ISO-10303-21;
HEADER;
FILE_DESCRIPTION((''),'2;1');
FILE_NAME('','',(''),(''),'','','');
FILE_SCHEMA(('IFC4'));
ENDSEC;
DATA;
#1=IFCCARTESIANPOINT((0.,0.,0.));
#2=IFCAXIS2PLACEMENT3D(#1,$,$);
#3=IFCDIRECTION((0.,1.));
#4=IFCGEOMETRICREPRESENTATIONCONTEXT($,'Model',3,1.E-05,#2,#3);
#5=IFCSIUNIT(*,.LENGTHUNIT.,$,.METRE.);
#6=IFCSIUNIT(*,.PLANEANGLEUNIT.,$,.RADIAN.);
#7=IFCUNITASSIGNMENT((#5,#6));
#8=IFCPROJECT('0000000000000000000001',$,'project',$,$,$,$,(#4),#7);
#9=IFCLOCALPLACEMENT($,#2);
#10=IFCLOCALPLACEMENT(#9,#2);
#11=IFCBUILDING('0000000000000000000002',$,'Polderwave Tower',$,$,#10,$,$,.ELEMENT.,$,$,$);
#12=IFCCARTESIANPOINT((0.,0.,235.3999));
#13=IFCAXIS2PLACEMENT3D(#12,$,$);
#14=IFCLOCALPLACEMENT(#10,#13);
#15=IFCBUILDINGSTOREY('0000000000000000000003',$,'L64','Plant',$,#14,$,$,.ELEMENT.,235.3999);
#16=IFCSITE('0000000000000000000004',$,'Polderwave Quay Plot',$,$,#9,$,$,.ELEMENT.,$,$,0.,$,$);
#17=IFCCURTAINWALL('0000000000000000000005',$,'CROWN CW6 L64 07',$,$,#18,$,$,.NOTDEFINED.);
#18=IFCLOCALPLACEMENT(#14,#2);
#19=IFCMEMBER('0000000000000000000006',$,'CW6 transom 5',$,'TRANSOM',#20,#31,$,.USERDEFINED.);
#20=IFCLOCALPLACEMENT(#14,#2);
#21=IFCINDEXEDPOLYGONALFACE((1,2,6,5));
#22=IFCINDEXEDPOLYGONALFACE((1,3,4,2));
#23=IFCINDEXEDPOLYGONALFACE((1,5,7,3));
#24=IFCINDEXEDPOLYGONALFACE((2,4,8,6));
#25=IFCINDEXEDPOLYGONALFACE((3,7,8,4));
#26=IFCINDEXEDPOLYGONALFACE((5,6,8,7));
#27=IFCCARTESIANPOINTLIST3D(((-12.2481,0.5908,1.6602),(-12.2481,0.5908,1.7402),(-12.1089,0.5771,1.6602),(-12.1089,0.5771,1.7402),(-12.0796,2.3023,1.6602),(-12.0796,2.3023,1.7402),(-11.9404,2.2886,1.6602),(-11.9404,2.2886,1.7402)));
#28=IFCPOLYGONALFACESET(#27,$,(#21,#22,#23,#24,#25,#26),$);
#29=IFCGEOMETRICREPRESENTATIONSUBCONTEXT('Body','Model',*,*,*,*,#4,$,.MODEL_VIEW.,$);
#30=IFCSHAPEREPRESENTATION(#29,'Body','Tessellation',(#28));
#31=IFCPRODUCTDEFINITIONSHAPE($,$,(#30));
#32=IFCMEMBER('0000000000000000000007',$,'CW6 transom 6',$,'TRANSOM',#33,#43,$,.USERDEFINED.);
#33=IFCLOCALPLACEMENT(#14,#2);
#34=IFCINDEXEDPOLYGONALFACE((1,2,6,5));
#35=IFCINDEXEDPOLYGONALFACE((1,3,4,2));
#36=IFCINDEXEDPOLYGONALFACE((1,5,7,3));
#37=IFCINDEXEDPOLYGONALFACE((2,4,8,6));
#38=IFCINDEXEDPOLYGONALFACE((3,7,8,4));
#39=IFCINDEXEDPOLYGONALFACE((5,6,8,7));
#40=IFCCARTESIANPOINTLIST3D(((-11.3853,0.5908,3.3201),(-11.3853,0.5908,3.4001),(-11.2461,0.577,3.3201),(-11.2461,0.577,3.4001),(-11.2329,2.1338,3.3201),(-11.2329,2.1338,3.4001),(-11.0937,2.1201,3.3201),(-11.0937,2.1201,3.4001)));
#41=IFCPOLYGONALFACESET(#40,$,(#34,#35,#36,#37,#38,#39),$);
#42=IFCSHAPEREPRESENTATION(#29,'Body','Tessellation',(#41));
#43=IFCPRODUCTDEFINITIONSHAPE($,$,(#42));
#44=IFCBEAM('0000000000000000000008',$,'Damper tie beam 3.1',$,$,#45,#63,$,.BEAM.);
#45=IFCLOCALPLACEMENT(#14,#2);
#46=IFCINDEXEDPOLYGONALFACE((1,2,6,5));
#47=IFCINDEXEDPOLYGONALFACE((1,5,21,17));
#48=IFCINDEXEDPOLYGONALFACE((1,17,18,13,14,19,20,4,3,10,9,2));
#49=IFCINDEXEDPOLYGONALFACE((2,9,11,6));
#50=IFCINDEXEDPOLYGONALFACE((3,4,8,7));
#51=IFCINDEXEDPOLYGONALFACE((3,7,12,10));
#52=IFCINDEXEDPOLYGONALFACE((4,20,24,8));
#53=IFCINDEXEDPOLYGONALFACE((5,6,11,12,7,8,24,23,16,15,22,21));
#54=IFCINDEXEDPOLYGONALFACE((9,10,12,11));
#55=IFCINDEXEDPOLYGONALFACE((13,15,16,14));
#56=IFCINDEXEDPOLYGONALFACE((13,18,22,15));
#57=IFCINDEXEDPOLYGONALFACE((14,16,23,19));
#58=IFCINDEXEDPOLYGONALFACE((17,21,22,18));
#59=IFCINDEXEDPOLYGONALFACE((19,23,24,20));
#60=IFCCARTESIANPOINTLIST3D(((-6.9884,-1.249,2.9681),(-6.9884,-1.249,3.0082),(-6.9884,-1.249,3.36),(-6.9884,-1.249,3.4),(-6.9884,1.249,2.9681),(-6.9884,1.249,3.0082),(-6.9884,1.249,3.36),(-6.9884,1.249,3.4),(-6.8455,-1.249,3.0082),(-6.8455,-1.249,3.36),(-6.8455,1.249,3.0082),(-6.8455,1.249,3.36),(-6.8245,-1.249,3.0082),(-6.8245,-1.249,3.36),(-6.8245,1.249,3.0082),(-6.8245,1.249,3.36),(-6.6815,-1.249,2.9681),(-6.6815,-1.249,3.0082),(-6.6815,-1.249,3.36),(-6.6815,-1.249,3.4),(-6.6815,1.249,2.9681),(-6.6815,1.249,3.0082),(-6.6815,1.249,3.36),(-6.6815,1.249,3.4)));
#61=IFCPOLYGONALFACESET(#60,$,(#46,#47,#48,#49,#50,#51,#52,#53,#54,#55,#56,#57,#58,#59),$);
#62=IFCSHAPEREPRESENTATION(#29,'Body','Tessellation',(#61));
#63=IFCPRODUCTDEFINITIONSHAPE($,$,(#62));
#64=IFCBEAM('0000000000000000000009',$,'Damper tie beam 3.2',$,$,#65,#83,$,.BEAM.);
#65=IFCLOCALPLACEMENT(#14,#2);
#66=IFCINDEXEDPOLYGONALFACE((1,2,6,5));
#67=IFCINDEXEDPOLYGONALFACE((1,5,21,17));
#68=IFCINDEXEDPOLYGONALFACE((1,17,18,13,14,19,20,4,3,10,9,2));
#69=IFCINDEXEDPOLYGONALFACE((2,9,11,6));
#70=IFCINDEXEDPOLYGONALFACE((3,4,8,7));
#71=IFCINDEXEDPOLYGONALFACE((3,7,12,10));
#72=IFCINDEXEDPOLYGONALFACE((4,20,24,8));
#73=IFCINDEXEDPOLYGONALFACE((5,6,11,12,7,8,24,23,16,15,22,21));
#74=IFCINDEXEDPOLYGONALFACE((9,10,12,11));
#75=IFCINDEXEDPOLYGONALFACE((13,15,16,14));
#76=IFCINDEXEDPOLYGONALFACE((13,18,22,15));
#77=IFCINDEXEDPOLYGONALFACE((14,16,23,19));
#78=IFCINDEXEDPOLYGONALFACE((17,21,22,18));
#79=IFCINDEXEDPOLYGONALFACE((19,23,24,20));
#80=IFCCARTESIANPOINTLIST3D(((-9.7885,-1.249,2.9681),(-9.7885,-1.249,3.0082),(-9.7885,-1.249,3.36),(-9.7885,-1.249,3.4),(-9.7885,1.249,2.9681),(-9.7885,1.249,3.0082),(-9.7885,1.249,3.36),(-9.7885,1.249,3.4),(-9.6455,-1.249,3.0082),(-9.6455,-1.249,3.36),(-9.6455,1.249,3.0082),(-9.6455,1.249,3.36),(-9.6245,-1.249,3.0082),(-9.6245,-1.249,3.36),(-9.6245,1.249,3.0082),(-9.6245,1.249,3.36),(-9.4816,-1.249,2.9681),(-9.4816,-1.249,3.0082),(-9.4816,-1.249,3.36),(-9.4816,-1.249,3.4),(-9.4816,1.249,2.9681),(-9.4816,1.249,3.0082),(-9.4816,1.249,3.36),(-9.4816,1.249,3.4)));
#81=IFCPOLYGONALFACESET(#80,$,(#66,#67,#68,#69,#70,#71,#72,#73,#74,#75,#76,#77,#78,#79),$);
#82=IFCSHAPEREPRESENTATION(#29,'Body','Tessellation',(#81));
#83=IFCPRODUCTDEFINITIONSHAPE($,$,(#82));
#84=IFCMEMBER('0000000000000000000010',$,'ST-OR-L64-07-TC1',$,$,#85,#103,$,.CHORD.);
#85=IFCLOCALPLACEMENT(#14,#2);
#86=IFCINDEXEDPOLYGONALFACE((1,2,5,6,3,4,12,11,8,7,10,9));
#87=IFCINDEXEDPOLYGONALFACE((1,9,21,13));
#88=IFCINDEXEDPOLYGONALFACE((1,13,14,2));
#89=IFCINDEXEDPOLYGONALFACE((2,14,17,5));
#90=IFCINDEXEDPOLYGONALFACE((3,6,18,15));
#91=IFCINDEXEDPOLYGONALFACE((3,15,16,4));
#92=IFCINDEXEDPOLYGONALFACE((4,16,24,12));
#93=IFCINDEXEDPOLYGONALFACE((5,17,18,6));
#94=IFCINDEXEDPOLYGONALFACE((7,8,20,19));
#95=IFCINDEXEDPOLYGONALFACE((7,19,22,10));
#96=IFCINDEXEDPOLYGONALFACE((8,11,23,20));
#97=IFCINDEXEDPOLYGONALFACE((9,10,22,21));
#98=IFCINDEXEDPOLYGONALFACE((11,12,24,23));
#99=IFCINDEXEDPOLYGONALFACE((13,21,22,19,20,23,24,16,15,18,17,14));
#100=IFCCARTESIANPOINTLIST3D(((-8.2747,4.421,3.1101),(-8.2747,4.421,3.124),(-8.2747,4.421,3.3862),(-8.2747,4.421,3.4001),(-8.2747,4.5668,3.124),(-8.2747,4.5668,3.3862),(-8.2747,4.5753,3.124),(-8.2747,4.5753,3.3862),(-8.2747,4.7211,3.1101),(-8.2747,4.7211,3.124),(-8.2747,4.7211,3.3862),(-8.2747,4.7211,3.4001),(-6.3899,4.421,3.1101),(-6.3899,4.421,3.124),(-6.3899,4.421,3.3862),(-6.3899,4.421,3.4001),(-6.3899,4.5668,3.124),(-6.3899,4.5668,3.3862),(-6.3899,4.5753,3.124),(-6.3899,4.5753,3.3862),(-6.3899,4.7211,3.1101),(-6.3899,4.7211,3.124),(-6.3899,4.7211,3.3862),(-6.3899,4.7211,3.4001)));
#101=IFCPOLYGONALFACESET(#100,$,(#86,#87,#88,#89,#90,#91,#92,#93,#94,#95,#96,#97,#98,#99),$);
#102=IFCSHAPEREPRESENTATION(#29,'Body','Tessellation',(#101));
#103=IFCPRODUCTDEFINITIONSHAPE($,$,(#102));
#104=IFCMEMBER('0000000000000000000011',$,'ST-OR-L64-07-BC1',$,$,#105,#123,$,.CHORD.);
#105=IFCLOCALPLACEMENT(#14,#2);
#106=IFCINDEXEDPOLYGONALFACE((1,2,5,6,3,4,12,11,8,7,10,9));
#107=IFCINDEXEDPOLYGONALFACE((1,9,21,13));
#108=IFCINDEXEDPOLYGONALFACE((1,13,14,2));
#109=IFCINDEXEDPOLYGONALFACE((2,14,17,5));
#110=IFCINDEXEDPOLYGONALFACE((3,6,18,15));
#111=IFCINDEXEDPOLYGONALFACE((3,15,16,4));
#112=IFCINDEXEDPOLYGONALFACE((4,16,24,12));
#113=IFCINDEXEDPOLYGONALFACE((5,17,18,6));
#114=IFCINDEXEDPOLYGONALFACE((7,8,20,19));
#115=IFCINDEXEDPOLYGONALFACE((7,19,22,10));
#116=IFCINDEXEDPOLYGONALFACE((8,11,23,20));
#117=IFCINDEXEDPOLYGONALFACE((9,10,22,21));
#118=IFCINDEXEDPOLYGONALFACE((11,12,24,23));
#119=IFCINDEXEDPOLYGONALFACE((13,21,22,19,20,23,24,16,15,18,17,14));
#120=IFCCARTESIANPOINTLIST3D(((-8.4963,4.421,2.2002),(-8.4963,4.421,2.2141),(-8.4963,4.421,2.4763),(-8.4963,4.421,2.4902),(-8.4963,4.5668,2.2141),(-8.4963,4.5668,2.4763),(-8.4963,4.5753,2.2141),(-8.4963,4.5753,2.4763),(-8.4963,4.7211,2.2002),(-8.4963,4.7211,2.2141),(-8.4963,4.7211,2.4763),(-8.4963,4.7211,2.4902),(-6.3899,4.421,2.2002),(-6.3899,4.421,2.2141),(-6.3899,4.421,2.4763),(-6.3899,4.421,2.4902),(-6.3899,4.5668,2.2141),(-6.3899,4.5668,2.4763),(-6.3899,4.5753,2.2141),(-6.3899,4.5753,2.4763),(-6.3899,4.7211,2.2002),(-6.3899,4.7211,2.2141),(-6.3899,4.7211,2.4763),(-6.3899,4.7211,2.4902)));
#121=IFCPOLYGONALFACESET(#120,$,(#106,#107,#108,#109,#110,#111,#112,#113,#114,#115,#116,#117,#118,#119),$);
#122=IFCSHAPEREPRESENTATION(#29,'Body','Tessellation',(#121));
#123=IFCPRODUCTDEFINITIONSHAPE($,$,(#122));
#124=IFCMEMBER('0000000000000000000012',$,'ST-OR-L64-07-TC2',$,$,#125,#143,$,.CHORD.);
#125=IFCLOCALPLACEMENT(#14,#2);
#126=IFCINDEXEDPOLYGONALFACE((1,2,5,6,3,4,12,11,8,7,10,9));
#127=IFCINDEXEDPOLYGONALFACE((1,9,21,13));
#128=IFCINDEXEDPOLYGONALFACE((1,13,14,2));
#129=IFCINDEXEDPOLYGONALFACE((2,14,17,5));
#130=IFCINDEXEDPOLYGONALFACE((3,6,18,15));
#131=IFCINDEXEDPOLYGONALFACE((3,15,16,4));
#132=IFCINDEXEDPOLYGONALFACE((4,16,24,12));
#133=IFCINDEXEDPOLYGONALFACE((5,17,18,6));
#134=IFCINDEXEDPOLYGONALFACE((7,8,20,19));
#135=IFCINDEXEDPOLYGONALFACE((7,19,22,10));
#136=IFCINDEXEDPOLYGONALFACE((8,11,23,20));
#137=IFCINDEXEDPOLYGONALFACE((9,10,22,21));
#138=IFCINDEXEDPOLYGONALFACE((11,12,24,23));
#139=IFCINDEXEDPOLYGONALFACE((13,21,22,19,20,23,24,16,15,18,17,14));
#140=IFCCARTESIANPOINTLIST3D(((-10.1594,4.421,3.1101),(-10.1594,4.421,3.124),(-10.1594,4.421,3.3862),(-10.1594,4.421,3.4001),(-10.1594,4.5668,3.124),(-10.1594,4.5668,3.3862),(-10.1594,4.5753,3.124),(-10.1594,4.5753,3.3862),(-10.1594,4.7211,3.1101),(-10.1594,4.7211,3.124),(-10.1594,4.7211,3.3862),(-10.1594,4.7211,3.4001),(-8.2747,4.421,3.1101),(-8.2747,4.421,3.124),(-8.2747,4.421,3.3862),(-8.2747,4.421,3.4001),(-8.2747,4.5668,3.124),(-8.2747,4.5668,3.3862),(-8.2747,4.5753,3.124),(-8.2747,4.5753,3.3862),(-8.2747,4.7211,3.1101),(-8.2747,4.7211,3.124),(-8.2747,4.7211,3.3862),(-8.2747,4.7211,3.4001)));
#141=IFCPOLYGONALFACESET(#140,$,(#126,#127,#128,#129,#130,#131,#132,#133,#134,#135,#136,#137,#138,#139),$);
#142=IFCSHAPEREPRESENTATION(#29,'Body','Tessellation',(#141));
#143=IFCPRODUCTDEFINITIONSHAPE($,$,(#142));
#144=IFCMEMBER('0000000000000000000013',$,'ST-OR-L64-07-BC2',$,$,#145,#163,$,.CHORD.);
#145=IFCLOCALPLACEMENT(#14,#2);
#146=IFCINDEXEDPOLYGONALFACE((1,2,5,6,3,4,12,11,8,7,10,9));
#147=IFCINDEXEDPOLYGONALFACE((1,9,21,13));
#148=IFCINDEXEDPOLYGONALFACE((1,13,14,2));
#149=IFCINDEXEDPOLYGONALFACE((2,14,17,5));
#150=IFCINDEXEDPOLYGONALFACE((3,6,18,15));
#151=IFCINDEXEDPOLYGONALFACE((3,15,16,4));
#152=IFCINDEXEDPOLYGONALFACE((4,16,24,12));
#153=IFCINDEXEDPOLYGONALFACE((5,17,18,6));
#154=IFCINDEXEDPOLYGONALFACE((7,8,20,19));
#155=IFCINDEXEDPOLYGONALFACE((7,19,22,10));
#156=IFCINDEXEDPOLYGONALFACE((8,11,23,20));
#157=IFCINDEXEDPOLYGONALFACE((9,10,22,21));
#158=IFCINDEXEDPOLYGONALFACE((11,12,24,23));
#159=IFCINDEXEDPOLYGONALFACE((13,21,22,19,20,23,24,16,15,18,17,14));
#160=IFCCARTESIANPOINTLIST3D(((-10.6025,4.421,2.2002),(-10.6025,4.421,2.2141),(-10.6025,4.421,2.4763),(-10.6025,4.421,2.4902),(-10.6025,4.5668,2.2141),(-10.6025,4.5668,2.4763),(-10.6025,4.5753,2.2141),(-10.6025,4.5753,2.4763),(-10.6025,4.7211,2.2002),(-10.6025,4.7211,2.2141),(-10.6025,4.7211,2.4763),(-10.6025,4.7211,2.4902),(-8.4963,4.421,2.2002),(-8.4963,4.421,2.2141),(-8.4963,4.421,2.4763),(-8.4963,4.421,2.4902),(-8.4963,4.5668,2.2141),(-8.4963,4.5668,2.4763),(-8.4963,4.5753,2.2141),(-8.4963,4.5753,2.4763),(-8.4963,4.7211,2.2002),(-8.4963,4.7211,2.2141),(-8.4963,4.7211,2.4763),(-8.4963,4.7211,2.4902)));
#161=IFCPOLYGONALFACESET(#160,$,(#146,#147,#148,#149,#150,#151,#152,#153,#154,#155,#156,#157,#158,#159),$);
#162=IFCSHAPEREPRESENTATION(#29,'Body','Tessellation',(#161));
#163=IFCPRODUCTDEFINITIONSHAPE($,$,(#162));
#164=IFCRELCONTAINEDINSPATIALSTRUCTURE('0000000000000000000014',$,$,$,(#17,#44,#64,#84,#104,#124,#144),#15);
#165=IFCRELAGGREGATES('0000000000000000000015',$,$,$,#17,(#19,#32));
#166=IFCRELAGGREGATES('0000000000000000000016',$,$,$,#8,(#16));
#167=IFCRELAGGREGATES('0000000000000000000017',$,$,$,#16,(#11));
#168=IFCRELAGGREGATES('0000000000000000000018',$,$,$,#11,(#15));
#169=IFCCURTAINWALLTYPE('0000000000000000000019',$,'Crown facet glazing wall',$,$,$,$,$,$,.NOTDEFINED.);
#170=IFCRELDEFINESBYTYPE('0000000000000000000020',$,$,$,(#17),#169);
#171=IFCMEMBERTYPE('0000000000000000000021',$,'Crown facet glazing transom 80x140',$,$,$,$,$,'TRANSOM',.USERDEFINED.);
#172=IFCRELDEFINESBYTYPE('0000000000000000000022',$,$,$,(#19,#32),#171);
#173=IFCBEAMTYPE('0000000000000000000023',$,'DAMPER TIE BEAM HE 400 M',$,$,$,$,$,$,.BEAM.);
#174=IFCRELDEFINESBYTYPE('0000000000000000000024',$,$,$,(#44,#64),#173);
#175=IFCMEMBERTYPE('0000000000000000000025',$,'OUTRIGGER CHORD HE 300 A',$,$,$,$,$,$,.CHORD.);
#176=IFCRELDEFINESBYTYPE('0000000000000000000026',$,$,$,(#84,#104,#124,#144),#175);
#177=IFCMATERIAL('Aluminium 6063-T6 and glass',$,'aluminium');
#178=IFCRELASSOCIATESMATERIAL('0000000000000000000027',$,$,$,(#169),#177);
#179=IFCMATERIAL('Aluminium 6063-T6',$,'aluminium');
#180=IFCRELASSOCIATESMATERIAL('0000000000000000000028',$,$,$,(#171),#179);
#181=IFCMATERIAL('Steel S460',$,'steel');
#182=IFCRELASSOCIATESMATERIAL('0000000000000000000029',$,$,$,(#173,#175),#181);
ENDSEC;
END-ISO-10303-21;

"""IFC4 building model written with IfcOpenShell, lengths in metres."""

from ifc_helpers import new_model, si_unit, direction, frame, origin, origin_2d, place, context, subcontext, project, spatial, rectangle, i_section, extrude, material, material_profile, profile_set, type_object, element, aggregate, save


model = new_model("IFC4")

# Units and contexts
model_context = context("Model", 3, precision=1e-05, world=origin(), true_north=direction((0.0, 1.0)))
body_context = subcontext(model_context, "Body", "Model", "MODEL_VIEW")
ifc_project = project(units=[si_unit("LENGTHUNIT", "METRE"), si_unit("PLANEANGLEUNIT", "RADIAN")], contexts=[model_context])

# Site, building, storey
site_placement = place(None, origin())
site = spatial("IfcSite", under=ifc_project, at=site_placement, Name="Polderwave Quay Plot", CompositionType="ELEMENT", RefElevation=0.0)
building_placement = place(site_placement, origin())
building = spatial("IfcBuilding", under=site, at=building_placement, Name="Polderwave Tower", CompositionType="ELEMENT")
storey_placement = place(building_placement, frame((0.0, 0.0, 235.3999)))
storey = spatial("IfcBuildingStorey", under=building, at=storey_placement, Name="L64", Description="Plant", CompositionType="ELEMENT", Elevation=235.3999)

# Shared definitions
ifc_material_1 = material(Name="Steel S460", Category="steel")

# Shared definitions
ifc_material_2 = material(Name="Aluminium 6063-T6 and glass", Category="aluminium")
curtain_wall_type = type_object("IfcCurtainWallType", Name="Crown facet glazing wall", PredefinedType="NOTDEFINED", material=ifc_material_2)
ifc_material_3 = material(Name="Aluminium 6063-T6", Category="aluminium")

# Curtain wall, members
curtain_wall_1_placement = place(storey_placement, origin())
curtain_wall_1 = element("IfcCurtainWall", 1, at=curtain_wall_1_placement, inside=storey, type_object=curtain_wall_type, Name="CROWN CW6 L64 07", PredefinedType="NOTDEFINED")
ifc_material_profile_1 = material_profile(ifc_material_3, rectangle(XDim=0.1399, YDim=0.0801, at=origin_2d()), Name="AL 80x140")
ifc_profile_set_1 = profile_set([ifc_material_profile_1], Name="Aluminium 6063-T6")
member_type_1 = type_object("IfcMemberType", Name="Crown facet glazing transom 80x140", ElementType="TRANSOM", PredefinedType="USERDEFINED", material=ifc_profile_set_1)
member_1_placement = place(storey_placement, frame((-12.01, 2.2954, 1.7002), z_axis=(-0.097957, -0.995191, 0.0), x_axis=(0.995191, -0.097957, 0.0)))
member_1 = element("IfcMember", 2, at=member_1_placement, type_object=member_type_1, Name="CW6 transom 5", ObjectType="TRANSOM", PredefinedType="USERDEFINED", context=body_context, shape_type="SweptSolid", body=[
    extrude(rectangle(XDim=0.1399, YDim=0.0801, at=origin_2d()), origin(), (0.0, 0.0, 1.0), 1.7197),
])
member_2_placement = place(storey_placement, frame((-11.1633, 2.127, 3.3601), z_axis=(-0.098256, -0.995161, 0.0), x_axis=(0.995161, -0.098256, 0.0)))
member_2 = element("IfcMember", 3, at=member_2_placement, type_object=member_type_1, Name="CW6 transom 6", ObjectType="TRANSOM", PredefinedType="USERDEFINED", context=body_context, shape_type="SweptSolid", body=[
    extrude(rectangle(XDim=0.1399, YDim=0.0801, at=origin_2d()), origin(), (0.0, 0.0, 1.0), 1.5505),
])

# Beams
ifc_material_profile_2 = material_profile(ifc_material_1, i_section(OverallWidth=0.3069, OverallDepth=0.4319, WebThickness=0.021, FlangeThickness=0.04, at=origin_2d()), Name="HE 400 M")
ifc_profile_set_2 = profile_set([ifc_material_profile_2], Name="Steel S460")
beam_type_1 = type_object("IfcBeamType", Name="DAMPER TIE BEAM HE 400 M", PredefinedType="BEAM", material=ifc_profile_set_2)
for number, where, z_axis, x_axis, name in (
    (4, (-6.835, 1.249, 3.1841), (0.0, -1.0, 0.0), (1.0, 0.0, 0.0), "Damper tie beam 3.1"),
    (5, (-9.635, 1.249, 3.1841), (0.0, -1.0, 0.0), (1.0, 0.0, 0.0), "Damper tie beam 3.2"),
):
    element("IfcBeam", number, at=place(storey_placement, frame(where, z_axis=z_axis, x_axis=x_axis)), inside=storey, type_object=beam_type_1, Name=name, PredefinedType="BEAM", context=body_context, shape_type="SweptSolid", body=[
        extrude(i_section(OverallWidth=0.3069, OverallDepth=0.4319, WebThickness=0.021, FlangeThickness=0.04, at=origin_2d()), origin(), (0.0, 0.0, 1.0), 2.498),
    ])

# Members
ifc_material_profile_3 = material_profile(ifc_material_1, i_section(OverallWidth=0.3, OverallDepth=0.29, WebThickness=0.0085, FlangeThickness=0.0139, at=origin_2d()), Name="HE 300 A")
ifc_profile_set_3 = profile_set([ifc_material_profile_3], Name="Steel S460")
member_type_2 = type_object("IfcMemberType", Name="OUTRIGGER CHORD HE 300 A", PredefinedType="CHORD", material=ifc_profile_set_3)
member_3_placement = place(storey_placement, frame((-6.3899, 4.571, 3.2551), z_axis=(-1.0, 0.0, 0.0), x_axis=(0.0, -1.0, 0.0)))
element("IfcMember", 6, at=member_3_placement, inside=storey, type_object=member_type_2, Name="ST-OR-L64-07-TC1", PredefinedType="CHORD", context=body_context, shape_type="SweptSolid", body=[
    extrude(i_section(OverallWidth=0.3, OverallDepth=0.29, WebThickness=0.0085, FlangeThickness=0.0139, at=origin_2d()), origin(), (0.0, 0.0, 1.0), 1.8848),
])
member_4_placement = place(storey_placement, frame((-6.3899, 4.571, 2.3452), z_axis=(-1.0, 0.0, 0.0), x_axis=(0.0, -1.0, 0.0)))
element("IfcMember", 7, at=member_4_placement, inside=storey, type_object=member_type_2, Name="ST-OR-L64-07-BC1", PredefinedType="CHORD", context=body_context, shape_type="SweptSolid", body=[
    extrude(i_section(OverallWidth=0.3, OverallDepth=0.29, WebThickness=0.0085, FlangeThickness=0.0139, at=origin_2d()), origin(), (0.0, 0.0, 1.0), 2.1064),
])
member_5_placement = place(storey_placement, frame((-8.2747, 4.571, 3.2551), z_axis=(-1.0, 0.0, 0.0), x_axis=(0.0, -1.0, 0.0)))
element("IfcMember", 8, at=member_5_placement, inside=storey, type_object=member_type_2, Name="ST-OR-L64-07-TC2", PredefinedType="CHORD", context=body_context, shape_type="SweptSolid", body=[
    extrude(i_section(OverallWidth=0.3, OverallDepth=0.29, WebThickness=0.0085, FlangeThickness=0.0139, at=origin_2d()), origin(), (0.0, 0.0, 1.0), 1.8848),
])
member_6_placement = place(storey_placement, frame((-8.4963, 4.571, 2.3452), z_axis=(-1.0, 0.0, 0.0), x_axis=(0.0, -1.0, 0.0)))
element("IfcMember", 9, at=member_6_placement, inside=storey, type_object=member_type_2, Name="ST-OR-L64-07-BC2", PredefinedType="CHORD", context=body_context, shape_type="SweptSolid", body=[
    extrude(i_section(OverallWidth=0.3, OverallDepth=0.29, WebThickness=0.0085, FlangeThickness=0.0139, at=origin_2d()), origin(), (0.0, 0.0, 1.0), 2.1062),
])

aggregate(curtain_wall_1, [member_1, member_2])

save(model, "model.ifc")
